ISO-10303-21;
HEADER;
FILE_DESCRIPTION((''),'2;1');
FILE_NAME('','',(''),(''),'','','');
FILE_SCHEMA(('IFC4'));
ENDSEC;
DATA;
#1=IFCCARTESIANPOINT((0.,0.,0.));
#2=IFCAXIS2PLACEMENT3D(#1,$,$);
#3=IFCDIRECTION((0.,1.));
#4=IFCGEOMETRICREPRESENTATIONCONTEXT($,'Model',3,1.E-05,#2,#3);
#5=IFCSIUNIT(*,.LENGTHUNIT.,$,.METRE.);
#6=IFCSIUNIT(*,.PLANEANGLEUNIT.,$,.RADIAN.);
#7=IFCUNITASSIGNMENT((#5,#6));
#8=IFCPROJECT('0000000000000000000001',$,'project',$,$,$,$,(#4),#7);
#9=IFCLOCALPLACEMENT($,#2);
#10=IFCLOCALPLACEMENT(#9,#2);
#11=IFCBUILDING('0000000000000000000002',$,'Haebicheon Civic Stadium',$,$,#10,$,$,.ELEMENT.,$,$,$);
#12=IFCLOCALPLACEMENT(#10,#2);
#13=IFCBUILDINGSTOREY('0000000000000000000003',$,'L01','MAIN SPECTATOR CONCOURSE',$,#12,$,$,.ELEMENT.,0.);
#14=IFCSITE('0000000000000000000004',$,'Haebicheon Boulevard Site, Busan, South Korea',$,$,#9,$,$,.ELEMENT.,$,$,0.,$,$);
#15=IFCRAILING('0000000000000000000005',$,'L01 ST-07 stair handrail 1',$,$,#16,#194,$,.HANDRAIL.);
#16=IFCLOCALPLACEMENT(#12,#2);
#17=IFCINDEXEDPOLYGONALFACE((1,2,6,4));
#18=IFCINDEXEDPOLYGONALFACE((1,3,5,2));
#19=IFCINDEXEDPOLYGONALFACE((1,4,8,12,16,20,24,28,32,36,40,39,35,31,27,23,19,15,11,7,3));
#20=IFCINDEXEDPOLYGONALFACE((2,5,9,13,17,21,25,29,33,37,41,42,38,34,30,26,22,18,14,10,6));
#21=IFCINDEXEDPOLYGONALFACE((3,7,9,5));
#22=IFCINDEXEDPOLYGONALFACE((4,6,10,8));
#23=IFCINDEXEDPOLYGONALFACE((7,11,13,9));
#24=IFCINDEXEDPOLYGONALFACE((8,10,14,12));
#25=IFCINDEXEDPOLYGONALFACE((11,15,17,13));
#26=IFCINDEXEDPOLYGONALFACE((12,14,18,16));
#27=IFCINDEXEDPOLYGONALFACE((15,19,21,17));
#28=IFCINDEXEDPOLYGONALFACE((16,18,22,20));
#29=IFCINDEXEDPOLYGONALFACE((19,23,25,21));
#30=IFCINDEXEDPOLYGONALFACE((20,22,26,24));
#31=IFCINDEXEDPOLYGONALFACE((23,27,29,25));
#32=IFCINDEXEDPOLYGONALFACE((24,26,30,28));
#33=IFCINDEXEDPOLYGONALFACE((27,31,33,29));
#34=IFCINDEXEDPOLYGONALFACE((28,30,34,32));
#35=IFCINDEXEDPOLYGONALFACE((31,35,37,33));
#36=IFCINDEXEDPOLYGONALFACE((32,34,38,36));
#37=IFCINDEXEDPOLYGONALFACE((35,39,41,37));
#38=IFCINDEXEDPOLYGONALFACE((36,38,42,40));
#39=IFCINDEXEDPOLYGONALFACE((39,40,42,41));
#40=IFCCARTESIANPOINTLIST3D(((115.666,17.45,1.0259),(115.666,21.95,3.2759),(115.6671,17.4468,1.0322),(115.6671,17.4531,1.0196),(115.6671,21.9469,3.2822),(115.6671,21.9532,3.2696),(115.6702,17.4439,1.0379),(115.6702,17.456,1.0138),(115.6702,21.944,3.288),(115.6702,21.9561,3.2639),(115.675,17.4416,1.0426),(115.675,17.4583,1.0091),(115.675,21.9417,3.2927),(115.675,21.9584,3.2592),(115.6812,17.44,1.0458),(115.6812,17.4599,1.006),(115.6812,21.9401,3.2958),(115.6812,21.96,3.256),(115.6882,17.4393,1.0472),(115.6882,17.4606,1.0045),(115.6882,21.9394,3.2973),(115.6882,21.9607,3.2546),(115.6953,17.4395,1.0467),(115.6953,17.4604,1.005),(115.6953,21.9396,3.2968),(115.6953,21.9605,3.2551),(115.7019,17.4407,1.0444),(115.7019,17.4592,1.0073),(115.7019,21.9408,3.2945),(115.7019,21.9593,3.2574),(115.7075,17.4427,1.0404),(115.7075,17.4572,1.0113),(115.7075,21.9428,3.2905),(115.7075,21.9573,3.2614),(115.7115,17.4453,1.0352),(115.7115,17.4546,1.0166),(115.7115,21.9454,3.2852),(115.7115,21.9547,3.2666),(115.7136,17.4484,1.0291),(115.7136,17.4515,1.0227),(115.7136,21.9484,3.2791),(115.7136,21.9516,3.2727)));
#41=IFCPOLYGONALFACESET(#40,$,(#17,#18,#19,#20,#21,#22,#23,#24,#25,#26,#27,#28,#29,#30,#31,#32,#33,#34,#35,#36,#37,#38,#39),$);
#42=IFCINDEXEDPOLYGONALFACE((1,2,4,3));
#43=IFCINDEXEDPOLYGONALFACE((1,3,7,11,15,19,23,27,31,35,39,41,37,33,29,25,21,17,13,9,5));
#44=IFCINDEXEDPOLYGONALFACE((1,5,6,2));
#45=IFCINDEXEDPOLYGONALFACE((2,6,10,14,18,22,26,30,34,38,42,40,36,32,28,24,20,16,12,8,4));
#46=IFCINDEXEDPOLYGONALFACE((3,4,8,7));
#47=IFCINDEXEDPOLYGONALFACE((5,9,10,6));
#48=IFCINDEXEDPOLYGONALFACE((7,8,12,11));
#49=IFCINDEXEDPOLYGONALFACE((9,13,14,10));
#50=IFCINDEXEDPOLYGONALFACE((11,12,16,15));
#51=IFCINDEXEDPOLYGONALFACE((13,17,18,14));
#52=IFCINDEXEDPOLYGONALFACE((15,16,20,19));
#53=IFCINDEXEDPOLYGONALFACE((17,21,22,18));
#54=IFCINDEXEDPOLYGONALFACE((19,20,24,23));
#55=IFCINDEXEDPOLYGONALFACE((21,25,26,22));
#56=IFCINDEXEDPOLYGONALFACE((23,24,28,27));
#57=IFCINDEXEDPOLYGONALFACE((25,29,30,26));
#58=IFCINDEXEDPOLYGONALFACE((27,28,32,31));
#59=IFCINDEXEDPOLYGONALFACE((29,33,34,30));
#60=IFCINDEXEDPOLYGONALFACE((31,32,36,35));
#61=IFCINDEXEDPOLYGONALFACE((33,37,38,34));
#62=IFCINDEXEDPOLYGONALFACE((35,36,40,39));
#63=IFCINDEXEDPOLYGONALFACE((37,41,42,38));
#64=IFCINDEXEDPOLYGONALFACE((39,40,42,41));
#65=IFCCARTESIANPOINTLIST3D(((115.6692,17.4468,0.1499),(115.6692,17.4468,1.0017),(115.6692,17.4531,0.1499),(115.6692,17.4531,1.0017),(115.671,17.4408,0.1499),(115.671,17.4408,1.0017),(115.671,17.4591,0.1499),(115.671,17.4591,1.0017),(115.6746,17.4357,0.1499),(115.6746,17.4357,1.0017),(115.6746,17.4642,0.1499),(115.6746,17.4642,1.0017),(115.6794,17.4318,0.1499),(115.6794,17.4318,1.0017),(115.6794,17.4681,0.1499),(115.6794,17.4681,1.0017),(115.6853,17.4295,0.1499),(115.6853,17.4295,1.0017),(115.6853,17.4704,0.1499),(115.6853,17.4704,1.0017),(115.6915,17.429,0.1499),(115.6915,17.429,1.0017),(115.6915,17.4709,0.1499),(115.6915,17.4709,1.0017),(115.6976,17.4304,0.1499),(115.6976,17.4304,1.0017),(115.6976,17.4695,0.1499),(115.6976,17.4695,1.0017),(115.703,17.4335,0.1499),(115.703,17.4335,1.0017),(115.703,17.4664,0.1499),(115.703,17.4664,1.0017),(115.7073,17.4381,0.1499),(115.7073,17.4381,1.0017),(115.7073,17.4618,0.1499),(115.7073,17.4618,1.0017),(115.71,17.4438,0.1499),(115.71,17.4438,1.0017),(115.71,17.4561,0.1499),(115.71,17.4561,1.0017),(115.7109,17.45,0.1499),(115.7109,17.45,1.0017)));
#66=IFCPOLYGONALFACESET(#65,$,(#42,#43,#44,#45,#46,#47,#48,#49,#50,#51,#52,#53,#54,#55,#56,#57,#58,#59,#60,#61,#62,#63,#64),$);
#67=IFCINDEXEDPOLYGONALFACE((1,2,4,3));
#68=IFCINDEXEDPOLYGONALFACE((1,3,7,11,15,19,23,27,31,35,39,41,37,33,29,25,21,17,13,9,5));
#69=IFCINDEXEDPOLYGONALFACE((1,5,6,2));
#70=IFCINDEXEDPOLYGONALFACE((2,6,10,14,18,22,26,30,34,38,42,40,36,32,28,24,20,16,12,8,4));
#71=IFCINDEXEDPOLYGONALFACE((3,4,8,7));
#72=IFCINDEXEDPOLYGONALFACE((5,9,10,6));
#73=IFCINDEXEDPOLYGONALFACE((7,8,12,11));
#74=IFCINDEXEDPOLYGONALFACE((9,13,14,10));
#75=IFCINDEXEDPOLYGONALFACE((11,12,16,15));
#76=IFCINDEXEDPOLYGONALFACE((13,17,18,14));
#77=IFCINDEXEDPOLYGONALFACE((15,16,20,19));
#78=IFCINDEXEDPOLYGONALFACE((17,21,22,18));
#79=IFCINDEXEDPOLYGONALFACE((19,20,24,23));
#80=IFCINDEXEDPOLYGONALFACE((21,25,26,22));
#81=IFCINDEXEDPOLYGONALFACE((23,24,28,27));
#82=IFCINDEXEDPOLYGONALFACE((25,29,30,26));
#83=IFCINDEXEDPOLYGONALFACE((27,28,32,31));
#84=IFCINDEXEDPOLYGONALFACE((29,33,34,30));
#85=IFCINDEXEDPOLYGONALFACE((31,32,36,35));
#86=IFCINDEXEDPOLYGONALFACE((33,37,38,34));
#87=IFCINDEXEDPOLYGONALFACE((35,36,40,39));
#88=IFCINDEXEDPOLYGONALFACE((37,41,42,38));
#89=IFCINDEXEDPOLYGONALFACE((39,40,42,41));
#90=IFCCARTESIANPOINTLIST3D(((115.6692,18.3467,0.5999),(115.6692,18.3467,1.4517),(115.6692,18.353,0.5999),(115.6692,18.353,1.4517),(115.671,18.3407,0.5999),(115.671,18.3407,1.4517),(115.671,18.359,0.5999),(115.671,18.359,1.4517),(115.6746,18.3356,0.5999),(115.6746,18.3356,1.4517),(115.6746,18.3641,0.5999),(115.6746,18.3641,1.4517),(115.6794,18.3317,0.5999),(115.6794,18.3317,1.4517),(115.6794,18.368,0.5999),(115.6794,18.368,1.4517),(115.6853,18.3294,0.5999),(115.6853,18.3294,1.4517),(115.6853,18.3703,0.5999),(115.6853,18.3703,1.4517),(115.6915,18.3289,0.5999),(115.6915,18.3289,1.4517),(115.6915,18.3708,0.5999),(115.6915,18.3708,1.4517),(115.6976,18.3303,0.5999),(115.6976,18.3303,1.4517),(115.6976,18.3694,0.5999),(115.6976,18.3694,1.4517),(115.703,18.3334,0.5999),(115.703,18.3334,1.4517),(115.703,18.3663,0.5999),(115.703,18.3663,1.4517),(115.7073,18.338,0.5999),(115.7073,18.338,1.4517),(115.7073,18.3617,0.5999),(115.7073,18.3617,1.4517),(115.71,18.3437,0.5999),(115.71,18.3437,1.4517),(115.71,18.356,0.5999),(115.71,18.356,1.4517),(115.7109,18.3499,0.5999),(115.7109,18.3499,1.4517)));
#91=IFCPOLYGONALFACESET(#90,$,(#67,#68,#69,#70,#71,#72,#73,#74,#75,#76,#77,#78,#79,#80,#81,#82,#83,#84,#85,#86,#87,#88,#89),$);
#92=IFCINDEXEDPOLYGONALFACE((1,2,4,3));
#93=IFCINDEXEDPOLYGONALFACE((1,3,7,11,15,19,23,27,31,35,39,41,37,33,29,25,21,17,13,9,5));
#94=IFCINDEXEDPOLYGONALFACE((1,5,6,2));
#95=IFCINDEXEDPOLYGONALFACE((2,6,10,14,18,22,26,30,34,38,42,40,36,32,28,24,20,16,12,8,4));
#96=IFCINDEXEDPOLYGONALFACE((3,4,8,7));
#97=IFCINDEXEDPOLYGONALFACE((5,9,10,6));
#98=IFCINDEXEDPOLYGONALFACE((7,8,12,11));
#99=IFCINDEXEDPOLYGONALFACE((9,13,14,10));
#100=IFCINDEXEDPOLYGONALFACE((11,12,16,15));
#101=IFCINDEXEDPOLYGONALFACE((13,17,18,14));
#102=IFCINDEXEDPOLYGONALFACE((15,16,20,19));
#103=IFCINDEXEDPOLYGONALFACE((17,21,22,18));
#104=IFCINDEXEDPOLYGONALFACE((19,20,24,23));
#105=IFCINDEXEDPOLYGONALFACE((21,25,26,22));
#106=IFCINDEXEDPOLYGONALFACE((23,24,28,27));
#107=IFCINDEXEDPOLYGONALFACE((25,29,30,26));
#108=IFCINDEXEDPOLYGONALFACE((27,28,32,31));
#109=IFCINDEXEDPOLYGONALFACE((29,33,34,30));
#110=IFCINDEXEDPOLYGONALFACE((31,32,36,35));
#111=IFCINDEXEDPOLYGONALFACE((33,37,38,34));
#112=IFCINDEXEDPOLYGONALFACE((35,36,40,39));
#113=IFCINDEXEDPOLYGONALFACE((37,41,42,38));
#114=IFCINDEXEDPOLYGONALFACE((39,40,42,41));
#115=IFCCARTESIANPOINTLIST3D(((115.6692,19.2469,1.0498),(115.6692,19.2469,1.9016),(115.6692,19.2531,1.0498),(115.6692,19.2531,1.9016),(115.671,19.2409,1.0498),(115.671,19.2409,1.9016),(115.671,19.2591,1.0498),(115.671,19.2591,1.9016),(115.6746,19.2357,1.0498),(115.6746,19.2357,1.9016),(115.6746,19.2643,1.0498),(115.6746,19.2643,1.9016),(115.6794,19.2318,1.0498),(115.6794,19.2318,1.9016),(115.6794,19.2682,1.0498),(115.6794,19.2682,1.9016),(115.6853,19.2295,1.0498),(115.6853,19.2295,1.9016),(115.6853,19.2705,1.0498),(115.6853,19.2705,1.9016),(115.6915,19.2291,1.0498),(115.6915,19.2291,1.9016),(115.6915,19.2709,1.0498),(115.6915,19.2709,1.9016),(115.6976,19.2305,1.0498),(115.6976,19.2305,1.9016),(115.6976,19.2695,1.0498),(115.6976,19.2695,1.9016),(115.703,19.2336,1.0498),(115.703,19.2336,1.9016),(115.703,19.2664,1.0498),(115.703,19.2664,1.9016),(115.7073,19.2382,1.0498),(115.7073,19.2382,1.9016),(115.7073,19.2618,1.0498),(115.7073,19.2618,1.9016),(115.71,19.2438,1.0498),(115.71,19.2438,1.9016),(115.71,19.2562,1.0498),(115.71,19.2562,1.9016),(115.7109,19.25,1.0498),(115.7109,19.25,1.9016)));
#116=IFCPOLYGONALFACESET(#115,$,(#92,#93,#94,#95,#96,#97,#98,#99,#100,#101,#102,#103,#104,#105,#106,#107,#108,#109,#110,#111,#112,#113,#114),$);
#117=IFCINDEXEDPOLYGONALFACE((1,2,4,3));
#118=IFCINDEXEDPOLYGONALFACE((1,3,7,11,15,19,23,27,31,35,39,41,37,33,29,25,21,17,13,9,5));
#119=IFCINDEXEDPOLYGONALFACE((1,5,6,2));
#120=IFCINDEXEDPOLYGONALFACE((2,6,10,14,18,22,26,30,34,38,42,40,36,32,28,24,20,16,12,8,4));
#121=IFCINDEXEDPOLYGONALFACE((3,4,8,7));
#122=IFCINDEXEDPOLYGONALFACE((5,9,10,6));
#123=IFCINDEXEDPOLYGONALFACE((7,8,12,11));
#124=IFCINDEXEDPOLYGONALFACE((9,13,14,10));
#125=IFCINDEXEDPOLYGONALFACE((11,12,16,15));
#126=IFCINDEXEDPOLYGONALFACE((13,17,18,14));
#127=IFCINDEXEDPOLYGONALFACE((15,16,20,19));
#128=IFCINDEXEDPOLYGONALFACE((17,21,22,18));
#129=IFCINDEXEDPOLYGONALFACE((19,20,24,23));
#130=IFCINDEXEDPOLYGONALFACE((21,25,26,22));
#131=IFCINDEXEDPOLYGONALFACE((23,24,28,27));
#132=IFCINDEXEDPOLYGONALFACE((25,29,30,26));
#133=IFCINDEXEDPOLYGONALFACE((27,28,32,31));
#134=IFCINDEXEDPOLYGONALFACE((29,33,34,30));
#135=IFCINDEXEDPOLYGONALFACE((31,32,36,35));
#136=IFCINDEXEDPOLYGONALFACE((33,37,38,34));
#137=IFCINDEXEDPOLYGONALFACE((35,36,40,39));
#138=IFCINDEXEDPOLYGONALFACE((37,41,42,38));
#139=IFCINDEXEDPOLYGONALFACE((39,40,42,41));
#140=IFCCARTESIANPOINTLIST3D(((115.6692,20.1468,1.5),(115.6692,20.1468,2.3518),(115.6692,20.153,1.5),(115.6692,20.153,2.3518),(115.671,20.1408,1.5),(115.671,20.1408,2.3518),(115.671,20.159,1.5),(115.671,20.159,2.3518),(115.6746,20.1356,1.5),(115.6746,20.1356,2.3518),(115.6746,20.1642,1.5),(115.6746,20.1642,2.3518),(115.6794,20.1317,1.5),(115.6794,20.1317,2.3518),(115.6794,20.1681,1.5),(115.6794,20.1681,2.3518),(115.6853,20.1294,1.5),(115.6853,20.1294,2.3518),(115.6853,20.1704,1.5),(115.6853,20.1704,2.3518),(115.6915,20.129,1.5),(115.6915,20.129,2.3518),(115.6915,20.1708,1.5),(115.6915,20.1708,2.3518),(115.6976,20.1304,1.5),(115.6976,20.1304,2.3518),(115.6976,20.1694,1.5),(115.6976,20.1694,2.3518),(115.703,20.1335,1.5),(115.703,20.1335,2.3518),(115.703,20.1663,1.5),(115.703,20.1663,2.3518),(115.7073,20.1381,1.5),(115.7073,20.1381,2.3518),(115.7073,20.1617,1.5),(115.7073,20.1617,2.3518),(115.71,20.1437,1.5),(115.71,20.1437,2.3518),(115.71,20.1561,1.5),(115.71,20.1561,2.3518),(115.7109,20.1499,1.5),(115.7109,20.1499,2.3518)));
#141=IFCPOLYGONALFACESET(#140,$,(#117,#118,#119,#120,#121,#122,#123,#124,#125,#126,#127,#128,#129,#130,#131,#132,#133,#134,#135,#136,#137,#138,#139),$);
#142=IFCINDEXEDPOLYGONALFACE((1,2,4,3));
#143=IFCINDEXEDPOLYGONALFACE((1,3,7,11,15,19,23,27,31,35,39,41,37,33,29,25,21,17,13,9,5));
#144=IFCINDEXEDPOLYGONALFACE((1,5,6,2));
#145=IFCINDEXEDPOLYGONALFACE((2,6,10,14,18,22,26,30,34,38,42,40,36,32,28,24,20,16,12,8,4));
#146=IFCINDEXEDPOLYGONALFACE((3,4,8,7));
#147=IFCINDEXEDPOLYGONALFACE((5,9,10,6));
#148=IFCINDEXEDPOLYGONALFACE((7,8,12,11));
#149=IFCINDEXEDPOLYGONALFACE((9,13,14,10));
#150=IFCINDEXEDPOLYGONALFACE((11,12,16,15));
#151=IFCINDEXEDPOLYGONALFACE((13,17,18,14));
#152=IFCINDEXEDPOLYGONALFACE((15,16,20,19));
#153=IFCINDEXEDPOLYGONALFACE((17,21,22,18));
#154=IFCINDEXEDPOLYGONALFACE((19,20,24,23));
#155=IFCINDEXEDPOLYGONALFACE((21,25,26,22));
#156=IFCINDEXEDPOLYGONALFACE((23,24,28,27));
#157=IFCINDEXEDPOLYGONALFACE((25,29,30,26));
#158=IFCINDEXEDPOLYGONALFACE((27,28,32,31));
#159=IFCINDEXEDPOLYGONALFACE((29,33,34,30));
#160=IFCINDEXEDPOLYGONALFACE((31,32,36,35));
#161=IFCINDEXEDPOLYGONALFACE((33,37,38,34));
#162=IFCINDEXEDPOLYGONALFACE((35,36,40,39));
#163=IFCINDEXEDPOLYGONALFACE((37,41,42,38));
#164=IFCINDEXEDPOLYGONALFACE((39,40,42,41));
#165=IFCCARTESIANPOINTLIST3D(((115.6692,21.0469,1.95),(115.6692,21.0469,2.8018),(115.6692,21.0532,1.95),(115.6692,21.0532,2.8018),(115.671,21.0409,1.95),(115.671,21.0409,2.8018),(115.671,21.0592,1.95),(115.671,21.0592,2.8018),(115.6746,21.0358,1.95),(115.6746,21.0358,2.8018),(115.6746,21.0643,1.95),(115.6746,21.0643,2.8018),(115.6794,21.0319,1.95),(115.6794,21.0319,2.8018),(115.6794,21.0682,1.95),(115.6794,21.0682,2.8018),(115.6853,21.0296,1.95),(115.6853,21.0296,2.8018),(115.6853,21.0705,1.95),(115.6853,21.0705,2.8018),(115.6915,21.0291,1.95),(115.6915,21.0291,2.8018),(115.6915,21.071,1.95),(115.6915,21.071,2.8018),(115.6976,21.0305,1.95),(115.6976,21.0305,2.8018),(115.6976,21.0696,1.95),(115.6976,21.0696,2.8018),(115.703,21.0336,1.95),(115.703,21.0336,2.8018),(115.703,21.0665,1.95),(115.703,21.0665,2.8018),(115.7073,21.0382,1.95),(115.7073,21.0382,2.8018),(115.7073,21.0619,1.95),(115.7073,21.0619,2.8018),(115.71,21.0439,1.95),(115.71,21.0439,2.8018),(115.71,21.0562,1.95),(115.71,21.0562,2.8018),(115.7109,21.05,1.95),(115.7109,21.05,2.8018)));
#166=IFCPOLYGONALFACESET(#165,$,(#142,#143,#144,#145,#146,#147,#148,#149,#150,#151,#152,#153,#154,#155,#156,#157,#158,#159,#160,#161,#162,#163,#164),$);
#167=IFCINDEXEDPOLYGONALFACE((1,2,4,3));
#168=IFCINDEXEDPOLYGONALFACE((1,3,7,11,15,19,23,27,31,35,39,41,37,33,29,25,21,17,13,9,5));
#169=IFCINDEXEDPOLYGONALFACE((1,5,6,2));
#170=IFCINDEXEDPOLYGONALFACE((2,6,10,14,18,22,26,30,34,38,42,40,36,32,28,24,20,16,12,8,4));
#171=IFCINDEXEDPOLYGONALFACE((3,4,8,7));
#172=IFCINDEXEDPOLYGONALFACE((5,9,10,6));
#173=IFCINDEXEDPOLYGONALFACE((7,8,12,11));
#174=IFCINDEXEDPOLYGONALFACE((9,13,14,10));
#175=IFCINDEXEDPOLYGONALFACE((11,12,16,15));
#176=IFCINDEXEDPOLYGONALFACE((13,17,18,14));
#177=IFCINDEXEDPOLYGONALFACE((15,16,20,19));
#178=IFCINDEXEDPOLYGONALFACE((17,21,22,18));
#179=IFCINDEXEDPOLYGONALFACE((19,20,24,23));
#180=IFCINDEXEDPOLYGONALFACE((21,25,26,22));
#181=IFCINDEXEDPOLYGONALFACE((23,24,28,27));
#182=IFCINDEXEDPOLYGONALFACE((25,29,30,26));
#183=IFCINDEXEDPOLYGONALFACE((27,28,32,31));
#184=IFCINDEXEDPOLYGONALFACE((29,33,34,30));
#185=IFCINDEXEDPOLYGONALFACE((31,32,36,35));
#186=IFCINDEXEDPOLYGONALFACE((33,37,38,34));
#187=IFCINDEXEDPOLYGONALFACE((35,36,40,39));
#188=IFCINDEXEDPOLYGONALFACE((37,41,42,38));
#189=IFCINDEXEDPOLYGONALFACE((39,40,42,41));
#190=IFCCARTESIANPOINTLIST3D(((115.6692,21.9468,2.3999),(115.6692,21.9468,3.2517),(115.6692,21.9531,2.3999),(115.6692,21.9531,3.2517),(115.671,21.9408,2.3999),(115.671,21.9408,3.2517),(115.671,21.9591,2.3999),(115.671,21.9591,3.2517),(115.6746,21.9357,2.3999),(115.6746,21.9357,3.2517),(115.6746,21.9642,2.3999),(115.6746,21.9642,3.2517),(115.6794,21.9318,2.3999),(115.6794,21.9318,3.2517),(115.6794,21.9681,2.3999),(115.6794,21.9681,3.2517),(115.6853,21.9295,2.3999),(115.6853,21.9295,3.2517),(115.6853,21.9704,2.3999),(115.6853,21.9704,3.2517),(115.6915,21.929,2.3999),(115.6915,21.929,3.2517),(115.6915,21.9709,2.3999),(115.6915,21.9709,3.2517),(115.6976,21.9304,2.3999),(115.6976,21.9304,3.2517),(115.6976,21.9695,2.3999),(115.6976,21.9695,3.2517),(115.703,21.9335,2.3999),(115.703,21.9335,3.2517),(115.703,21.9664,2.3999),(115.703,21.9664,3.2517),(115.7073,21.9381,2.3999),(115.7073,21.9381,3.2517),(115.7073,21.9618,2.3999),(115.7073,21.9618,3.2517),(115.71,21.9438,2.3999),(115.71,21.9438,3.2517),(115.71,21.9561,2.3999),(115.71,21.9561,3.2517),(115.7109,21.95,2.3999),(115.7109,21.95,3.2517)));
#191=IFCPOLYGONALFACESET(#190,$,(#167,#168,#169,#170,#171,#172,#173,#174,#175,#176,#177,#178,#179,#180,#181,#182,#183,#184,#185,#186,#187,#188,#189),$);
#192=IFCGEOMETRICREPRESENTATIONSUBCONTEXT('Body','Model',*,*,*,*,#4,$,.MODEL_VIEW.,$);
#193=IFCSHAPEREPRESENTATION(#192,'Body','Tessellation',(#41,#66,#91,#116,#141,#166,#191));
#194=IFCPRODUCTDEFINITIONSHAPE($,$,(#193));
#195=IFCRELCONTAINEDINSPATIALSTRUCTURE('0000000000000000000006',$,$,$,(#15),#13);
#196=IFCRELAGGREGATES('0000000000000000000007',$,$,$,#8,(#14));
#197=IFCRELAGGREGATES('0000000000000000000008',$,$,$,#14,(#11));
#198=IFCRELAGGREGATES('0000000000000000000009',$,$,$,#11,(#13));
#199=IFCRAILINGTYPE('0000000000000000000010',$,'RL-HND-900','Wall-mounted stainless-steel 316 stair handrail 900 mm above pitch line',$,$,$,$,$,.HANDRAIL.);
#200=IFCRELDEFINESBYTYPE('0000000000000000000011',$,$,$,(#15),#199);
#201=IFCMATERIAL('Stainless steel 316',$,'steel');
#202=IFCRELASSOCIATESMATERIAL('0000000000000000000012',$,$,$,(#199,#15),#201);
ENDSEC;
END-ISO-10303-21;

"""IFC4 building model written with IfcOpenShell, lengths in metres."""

from ifc_helpers import new_model, si_unit, direction, frame, origin, origin_2d, place, context, subcontext, project, spatial, circle, extrude, material, type_object, element, save


model = new_model("IFC4")

# Units and contexts
model_context = context("Model", 3, precision=1e-05, world=origin(), true_north=direction((0.0, 1.0)))
body_context = subcontext(model_context, "Body", "Model", "MODEL_VIEW")
ifc_project = project(units=[si_unit("LENGTHUNIT", "METRE"), si_unit("PLANEANGLEUNIT", "RADIAN")], contexts=[model_context])

# Site, building, storey
site_placement = place(None, origin())
site = spatial("IfcSite", under=ifc_project, at=site_placement, Name="Haebicheon Boulevard Site, Busan, South Korea", CompositionType="ELEMENT", RefElevation=0.0)
building_placement = place(site_placement, origin())
building = spatial("IfcBuilding", under=site, at=building_placement, Name="Haebicheon Civic Stadium", CompositionType="ELEMENT")
storey_placement = place(building_placement, origin())
storey = spatial("IfcBuildingStorey", under=building, at=storey_placement, Name="L01", Description="MAIN SPECTATOR CONCOURSE", CompositionType="ELEMENT", Elevation=0.0)

# Railing
ifc_material_1 = material(Name="Stainless steel 316", Category="steel")
railing_type_1 = type_object("IfcRailingType", Name="RL-HND-900", Description="Wall-mounted stainless-steel 316 stair handrail 900 mm above pitch line", PredefinedType="HANDRAIL", material=ifc_material_1)
railing_1_placement = place(storey_placement, frame((115.6899, 17.45, 0.1499)))
element("IfcRailing", 1, at=railing_1_placement, inside=storey, type_object=railing_type_1, material=ifc_material_1, Name="L01 ST-07 stair handrail 1", PredefinedType="HANDRAIL", context=body_context, shape_type="SweptSolid", body=[
    extrude(circle(Radius=0.0239, at=origin_2d()), frame((0.0, 0.0, 0.876), z_axis=(0.0, 0.894427, 0.447214), x_axis=(-1.0, 0.0, 0.0)), (0.0, 0.0, 1.0), 5.0312),
    extrude(circle(Radius=0.021, at=origin_2d()), origin(), (0.0, 0.0, 1.0), 0.8518),
    extrude(circle(Radius=0.021, at=origin_2d()), frame((0.0, 0.8999, 0.45)), (0.0, 0.0, 1.0), 0.8518),
    extrude(circle(Radius=0.021, at=origin_2d()), frame((0.0, 1.8, 0.8999)), (0.0, 0.0, 1.0), 0.8518),
    extrude(circle(Radius=0.021, at=origin_2d()), frame((0.0, 2.7, 1.3501)), (0.0, 0.0, 1.0), 0.8518),
    extrude(circle(Radius=0.021, at=origin_2d()), frame((0.0, 3.6001, 1.8)), (0.0, 0.0, 1.0), 0.8518),
    extrude(circle(Radius=0.021, at=origin_2d()), frame((0.0, 4.5, 2.25)), (0.0, 0.0, 1.0), 0.8518),
])

save(model, "model.ifc")
